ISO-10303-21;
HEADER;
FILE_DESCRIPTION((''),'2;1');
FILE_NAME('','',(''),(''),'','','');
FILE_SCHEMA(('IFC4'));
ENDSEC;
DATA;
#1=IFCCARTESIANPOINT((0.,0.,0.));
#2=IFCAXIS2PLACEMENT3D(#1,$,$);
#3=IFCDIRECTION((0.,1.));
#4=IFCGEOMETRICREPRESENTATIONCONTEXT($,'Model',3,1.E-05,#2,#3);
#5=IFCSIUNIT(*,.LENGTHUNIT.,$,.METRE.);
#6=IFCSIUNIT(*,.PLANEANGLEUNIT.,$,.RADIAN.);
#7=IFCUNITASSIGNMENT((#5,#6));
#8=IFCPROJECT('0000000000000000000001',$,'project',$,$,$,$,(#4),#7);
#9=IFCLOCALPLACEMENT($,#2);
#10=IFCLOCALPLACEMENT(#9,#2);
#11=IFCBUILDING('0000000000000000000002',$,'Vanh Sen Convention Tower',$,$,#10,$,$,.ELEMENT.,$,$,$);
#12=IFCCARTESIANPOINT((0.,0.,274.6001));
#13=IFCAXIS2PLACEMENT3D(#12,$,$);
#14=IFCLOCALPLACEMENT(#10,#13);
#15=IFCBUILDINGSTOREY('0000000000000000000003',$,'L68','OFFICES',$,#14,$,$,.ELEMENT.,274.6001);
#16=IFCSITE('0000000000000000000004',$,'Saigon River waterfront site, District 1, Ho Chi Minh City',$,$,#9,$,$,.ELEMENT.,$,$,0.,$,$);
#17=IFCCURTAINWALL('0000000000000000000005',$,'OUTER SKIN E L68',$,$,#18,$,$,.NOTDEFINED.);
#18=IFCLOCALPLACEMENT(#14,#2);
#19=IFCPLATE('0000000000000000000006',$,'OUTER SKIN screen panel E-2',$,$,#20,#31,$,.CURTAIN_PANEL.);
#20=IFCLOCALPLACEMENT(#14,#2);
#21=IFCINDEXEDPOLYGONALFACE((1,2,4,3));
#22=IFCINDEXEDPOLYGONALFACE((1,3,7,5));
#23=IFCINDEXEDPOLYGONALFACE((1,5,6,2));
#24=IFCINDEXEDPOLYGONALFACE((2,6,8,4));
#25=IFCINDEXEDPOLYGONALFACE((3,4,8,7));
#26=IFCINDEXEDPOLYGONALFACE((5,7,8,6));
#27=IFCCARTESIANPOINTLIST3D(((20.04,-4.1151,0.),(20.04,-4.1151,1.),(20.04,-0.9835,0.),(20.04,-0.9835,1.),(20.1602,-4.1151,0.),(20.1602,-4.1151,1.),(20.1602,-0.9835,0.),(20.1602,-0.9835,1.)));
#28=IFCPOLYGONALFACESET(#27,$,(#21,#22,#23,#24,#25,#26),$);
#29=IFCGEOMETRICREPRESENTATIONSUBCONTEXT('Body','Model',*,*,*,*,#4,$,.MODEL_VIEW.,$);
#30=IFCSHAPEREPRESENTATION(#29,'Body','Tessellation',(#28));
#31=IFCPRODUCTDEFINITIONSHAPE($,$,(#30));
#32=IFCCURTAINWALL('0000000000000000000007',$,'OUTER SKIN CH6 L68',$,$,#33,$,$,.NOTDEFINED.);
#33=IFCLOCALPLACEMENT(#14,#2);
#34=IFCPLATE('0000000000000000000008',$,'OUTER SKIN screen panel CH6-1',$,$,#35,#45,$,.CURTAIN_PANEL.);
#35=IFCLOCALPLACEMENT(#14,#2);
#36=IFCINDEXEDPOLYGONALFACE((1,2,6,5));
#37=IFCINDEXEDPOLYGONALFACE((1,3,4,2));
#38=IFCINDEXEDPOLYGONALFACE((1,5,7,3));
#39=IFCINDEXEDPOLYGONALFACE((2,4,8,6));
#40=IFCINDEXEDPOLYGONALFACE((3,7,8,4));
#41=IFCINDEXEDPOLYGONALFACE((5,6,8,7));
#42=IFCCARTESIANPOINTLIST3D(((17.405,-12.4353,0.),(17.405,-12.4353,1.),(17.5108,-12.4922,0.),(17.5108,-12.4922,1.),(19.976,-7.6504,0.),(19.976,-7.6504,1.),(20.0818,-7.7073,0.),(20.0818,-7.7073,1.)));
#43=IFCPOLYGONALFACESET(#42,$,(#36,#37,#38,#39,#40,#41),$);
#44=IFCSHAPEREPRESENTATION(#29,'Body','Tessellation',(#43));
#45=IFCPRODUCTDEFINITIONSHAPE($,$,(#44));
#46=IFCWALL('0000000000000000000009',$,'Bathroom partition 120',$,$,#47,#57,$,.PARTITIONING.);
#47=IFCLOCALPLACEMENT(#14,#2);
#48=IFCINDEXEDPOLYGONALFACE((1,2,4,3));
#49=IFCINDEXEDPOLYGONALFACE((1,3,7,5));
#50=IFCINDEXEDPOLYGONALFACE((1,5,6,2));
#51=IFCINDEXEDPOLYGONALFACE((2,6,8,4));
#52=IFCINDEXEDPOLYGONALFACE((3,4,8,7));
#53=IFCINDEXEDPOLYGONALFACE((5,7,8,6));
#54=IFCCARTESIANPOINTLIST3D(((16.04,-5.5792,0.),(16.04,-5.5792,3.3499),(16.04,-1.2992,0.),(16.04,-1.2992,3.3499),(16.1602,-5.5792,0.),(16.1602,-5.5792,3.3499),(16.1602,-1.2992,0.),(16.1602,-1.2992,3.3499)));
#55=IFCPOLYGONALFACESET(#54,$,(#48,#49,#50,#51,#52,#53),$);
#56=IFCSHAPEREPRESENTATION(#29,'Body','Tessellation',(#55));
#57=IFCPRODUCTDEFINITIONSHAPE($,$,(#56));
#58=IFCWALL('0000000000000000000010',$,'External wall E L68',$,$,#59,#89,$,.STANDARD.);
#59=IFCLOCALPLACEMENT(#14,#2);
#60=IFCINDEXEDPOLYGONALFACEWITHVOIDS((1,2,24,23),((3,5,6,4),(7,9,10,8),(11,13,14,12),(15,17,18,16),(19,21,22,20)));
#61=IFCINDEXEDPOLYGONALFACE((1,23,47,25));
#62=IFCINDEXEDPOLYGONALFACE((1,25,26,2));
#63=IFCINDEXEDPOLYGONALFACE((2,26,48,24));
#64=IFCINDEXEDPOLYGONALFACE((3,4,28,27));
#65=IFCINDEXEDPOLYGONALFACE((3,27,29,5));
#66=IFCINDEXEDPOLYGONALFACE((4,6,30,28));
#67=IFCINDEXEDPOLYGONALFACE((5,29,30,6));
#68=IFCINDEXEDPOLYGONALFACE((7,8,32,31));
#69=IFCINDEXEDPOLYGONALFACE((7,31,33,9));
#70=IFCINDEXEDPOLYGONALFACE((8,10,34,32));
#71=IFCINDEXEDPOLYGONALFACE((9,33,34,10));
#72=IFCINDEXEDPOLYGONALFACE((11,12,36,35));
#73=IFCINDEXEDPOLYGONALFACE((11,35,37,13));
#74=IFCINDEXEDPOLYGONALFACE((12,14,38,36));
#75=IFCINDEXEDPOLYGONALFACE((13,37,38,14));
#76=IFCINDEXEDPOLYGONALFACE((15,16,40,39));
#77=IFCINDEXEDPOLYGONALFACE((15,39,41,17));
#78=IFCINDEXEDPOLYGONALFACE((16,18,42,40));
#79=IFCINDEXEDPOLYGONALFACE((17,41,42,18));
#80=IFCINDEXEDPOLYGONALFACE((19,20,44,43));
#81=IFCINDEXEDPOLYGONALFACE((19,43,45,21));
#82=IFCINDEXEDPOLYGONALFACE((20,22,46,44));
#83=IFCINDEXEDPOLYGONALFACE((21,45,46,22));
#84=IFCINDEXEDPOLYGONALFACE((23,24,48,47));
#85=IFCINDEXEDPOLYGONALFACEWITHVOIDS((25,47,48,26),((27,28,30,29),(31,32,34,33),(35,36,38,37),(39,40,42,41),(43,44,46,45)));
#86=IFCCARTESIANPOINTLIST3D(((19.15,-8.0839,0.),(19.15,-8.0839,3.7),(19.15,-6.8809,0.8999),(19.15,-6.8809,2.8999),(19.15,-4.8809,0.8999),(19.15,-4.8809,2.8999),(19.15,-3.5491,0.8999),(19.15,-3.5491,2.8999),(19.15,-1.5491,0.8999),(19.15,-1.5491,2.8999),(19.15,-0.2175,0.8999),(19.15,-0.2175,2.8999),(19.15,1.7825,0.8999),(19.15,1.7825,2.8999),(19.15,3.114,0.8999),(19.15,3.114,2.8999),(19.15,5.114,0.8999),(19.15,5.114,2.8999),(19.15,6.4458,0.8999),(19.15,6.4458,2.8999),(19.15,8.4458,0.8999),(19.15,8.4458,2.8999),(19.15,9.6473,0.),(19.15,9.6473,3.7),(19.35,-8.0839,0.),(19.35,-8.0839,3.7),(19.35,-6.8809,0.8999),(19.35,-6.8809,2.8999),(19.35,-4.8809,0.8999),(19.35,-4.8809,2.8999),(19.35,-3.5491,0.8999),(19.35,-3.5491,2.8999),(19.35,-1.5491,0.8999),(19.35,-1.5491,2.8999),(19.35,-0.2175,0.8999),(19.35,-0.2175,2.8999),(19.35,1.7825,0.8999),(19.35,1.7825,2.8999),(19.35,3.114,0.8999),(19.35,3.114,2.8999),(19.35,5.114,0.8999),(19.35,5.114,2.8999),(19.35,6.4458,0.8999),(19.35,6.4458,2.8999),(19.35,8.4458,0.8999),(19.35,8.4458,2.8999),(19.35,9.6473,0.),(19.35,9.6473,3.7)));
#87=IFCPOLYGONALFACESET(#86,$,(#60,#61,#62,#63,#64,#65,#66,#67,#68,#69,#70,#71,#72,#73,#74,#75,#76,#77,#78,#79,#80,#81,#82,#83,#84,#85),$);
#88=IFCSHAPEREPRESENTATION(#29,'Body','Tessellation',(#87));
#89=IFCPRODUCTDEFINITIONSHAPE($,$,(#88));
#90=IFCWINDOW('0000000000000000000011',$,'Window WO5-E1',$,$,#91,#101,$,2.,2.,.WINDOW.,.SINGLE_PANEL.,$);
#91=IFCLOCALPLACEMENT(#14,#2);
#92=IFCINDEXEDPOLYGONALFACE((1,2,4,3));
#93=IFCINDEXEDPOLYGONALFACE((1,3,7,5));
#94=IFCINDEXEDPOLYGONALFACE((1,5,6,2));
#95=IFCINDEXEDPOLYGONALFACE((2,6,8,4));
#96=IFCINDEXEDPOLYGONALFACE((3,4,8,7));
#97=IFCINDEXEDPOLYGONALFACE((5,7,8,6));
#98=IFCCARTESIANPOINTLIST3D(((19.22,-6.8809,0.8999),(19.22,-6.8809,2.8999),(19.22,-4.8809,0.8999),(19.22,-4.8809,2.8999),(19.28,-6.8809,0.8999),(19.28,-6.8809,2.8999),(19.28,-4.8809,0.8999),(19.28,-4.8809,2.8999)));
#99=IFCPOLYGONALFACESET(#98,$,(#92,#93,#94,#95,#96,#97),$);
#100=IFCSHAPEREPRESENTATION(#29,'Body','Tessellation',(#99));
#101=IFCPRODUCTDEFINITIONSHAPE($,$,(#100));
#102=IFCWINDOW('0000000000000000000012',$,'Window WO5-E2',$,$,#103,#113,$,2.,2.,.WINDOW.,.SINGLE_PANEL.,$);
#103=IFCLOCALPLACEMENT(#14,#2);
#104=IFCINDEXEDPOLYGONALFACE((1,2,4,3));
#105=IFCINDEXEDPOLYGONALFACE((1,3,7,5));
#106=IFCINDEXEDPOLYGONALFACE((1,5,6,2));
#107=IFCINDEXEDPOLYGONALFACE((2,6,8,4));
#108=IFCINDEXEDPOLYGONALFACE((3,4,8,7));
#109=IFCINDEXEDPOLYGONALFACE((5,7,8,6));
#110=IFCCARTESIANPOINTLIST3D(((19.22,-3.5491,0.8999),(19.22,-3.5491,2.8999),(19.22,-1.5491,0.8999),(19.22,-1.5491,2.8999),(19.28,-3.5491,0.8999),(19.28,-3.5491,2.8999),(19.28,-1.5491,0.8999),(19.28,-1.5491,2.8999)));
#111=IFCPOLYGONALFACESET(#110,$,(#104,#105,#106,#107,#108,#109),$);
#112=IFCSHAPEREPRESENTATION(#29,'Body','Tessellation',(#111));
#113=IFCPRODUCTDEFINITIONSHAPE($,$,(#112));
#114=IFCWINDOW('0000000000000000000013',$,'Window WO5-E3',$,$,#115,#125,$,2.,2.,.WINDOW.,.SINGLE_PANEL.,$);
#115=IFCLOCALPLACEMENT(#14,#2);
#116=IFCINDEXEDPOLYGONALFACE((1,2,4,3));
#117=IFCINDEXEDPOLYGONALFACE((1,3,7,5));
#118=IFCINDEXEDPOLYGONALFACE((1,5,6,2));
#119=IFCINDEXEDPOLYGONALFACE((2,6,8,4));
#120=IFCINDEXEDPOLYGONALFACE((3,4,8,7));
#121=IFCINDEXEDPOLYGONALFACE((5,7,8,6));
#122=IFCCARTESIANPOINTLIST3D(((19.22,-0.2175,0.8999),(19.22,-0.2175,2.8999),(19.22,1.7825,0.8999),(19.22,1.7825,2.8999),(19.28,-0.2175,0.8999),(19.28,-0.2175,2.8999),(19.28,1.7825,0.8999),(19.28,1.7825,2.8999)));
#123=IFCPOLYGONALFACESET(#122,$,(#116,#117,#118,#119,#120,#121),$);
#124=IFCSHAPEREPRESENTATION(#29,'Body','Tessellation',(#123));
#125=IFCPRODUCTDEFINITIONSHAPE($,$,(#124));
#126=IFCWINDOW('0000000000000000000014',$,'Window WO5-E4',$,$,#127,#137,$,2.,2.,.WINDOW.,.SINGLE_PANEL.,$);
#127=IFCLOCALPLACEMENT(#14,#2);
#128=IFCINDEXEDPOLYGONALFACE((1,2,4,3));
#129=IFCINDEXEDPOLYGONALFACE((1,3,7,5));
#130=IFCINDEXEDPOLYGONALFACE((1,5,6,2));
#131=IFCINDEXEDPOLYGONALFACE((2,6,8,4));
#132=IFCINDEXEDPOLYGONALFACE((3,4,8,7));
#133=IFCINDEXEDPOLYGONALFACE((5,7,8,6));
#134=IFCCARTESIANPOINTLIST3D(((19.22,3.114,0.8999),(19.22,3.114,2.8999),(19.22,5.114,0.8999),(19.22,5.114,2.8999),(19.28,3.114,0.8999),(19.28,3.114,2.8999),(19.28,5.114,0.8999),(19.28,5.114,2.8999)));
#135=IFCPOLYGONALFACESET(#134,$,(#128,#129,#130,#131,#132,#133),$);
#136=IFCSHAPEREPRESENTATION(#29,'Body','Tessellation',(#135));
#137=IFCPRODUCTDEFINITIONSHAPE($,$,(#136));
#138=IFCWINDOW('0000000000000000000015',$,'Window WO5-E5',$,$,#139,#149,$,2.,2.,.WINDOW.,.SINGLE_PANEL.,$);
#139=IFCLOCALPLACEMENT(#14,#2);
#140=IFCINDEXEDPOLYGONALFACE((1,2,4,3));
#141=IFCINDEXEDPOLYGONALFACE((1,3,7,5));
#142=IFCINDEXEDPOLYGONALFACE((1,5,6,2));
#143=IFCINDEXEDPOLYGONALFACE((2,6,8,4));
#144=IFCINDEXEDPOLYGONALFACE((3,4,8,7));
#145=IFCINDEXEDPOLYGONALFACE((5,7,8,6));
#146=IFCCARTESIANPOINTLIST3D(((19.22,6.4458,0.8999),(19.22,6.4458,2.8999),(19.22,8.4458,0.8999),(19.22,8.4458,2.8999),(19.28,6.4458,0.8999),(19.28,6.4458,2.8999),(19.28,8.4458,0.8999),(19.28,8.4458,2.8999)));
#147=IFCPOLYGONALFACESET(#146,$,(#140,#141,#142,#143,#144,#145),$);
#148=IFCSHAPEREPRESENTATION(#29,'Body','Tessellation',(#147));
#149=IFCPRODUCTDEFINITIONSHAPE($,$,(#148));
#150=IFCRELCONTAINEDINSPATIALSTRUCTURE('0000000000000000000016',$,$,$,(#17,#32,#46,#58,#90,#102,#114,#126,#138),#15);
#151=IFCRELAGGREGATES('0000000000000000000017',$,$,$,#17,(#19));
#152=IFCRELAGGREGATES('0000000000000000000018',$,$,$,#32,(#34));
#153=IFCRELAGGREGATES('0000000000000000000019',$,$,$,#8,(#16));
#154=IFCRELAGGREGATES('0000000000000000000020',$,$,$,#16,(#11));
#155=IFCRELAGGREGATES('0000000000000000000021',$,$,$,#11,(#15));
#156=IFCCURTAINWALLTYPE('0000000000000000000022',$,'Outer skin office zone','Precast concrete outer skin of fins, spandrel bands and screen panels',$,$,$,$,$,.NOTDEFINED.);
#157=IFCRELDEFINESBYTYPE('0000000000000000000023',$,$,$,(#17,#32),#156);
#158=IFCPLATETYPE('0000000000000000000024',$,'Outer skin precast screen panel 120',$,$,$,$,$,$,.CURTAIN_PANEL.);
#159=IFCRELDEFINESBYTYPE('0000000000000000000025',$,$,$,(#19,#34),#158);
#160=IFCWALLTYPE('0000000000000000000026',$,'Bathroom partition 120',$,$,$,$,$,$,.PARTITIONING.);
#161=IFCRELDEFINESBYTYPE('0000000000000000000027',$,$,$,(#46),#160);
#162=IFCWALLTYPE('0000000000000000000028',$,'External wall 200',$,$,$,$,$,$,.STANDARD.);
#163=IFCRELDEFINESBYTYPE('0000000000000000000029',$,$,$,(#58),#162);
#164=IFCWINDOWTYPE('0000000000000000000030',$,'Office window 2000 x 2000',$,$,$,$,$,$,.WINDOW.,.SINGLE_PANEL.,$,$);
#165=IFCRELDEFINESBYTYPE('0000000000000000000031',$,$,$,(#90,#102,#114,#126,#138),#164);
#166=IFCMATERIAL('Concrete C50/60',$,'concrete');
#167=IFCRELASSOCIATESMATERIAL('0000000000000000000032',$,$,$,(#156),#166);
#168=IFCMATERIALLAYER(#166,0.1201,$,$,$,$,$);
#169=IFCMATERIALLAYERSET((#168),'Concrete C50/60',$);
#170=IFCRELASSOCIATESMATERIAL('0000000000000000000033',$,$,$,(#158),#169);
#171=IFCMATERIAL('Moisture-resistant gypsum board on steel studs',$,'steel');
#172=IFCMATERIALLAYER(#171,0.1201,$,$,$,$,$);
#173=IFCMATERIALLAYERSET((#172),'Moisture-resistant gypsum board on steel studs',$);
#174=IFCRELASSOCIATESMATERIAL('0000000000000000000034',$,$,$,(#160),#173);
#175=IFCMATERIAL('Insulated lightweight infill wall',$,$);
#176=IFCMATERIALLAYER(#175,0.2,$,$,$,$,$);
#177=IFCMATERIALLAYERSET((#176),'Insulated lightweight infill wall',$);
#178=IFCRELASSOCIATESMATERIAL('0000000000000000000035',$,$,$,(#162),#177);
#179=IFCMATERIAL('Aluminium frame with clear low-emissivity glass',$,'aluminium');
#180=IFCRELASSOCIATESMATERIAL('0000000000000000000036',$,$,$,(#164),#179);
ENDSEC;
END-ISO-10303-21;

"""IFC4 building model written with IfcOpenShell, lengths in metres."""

from ifc_helpers import new_model, si_unit, direction, frame, frame_2d, origin, origin_2d, place, context, subcontext, project, spatial, rectangle, extrude, material, layer, layer_set, type_object, element, fill, aggregate, save


model = new_model("IFC4")

# Units and contexts
model_context = context("Model", 3, precision=1e-05, world=origin(), true_north=direction((0.0, 1.0)))
body_context = subcontext(model_context, "Body", "Model", "MODEL_VIEW")
ifc_project = project(units=[si_unit("LENGTHUNIT", "METRE"), si_unit("PLANEANGLEUNIT", "RADIAN")], contexts=[model_context])

# Site, building, storey
site_placement = place(None, origin())
site = spatial("IfcSite", under=ifc_project, at=site_placement, Name="Saigon River waterfront site, District 1, Ho Chi Minh City", CompositionType="ELEMENT", RefElevation=0.0)
building_placement = place(site_placement, origin())
building = spatial("IfcBuilding", under=site, at=building_placement, Name="Vanh Sen Convention Tower", CompositionType="ELEMENT")
storey_placement = place(building_placement, frame((0.0, 0.0, 274.6001)))
storey = spatial("IfcBuildingStorey", under=building, at=storey_placement, Name="L68", Description="OFFICES", CompositionType="ELEMENT", Elevation=274.6001)

# Curtain wall
ifc_material_1 = material(Name="Concrete C50/60", Category="concrete")
curtain_wall_type = type_object("IfcCurtainWallType", Name="Outer skin office zone", Description="Precast concrete outer skin of fins, spandrel bands and screen panels", PredefinedType="NOTDEFINED", material=ifc_material_1)
curtain_wall_1_placement = place(storey_placement, origin())
curtain_wall_1 = element("IfcCurtainWall", 1, at=curtain_wall_1_placement, inside=storey, type_object=curtain_wall_type, Name="OUTER SKIN E L68", PredefinedType="NOTDEFINED")

# Plate
ifc_layer_1 = layer(ifc_material_1, 0.1201)
ifc_layer_set_1 = layer_set([ifc_layer_1], Name="Concrete C50/60")
plate_type = type_object("IfcPlateType", Name="Outer skin precast screen panel 120", PredefinedType="CURTAIN_PANEL", material=ifc_layer_set_1)
plate_1_placement = place(storey_placement, frame((20.1001, -2.5493, 0.0), z_axis=(0.0, 0.0, 1.0), x_axis=(0.0, 1.0, 0.0)))
plate_1 = element("IfcPlate", 2, at=plate_1_placement, type_object=plate_type, Name="OUTER SKIN screen panel E-2", PredefinedType="CURTAIN_PANEL", context=body_context, shape_type="SweptSolid", body=[
    extrude(rectangle(XDim=3.1316, YDim=0.1201, at=origin_2d()), origin(), (0.0, 0.0, 1.0), 1.0),
])
aggregate(curtain_wall_1, [plate_1])

# Curtain wall, plate
curtain_wall_2_placement = place(storey_placement, origin())
curtain_wall_2 = element("IfcCurtainWall", 3, at=curtain_wall_2_placement, inside=storey, type_object=curtain_wall_type, Name="OUTER SKIN CH6 L68", PredefinedType="NOTDEFINED")
plate_2_placement = place(storey_placement, frame((18.7434, -10.0713, 0.0), z_axis=(0.0, 0.0, 1.0), x_axis=(0.473324, 0.880888, 0.0)))
plate_2 = element("IfcPlate", 4, at=plate_2_placement, type_object=plate_type, Name="OUTER SKIN screen panel CH6-1", PredefinedType="CURTAIN_PANEL", context=body_context, shape_type="SweptSolid", body=[
    extrude(rectangle(XDim=5.4319, YDim=0.1201, at=origin_2d()), origin(), (0.0, 0.0, 1.0), 1.0),
])
aggregate(curtain_wall_2, [plate_2])

# Wall
ifc_material_2 = material(Name="Moisture-resistant gypsum board on steel studs", Category="steel")
ifc_layer_2 = layer(ifc_material_2, 0.1201)
ifc_layer_set_2 = layer_set([ifc_layer_2], Name="Moisture-resistant gypsum board on steel studs")
wall_type_1 = type_object("IfcWallType", Name="Bathroom partition 120", PredefinedType="PARTITIONING", material=ifc_layer_set_2)
wall_1_placement = place(storey_placement, frame((16.1001, -1.2991, 0.0), z_axis=(0.0, 0.0, 1.0), x_axis=(0.0, -1.0, 0.0)))
element("IfcWall", 5, at=wall_1_placement, inside=storey, type_object=wall_type_1, Name="Bathroom partition 120", PredefinedType="PARTITIONING", context=body_context, shape_type="SweptSolid", body=[
    extrude(rectangle(XDim=4.28, YDim=0.1201, at=frame_2d((2.1401, 0.0))), origin(), (0.0, 0.0, 1.0), 3.3499),
])

# Wall, openings, windows
ifc_material_3 = material(Name="Insulated lightweight infill wall")
ifc_layer_3 = layer(ifc_material_3, 0.2)
ifc_layer_set_3 = layer_set([ifc_layer_3], Name="Insulated lightweight infill wall")
wall_type_2 = type_object("IfcWallType", Name="External wall 200", PredefinedType="STANDARD", material=ifc_layer_set_3)
wall_2_placement = place(storey_placement, frame((19.25, -8.084, 0.0), z_axis=(0.0, 0.0, 1.0), x_axis=(0.0, 1.0, 0.0)))
wall_2 = element("IfcWall", 6, at=wall_2_placement, inside=storey, type_object=wall_type_2, Name="External wall E L68", PredefinedType="STANDARD", context=body_context, shape_type="SweptSolid", body=[
    extrude(rectangle(XDim=17.7312, YDim=0.2, at=frame_2d((8.8657, 0.0))), origin(), (0.0, 0.0, 1.0), 3.7),
])
opening_1_placement = place(wall_2_placement, frame((1.2031, 0.0, 0.8999)))
opening_1 = element("IfcOpeningElement", 7, at=opening_1_placement, cuts=wall_2, PredefinedType="OPENING", context=body_context, shape_type="SweptSolid", body=[
    extrude(rectangle(XDim=2.0, YDim=2.0, at=frame_2d((1.0, 1.0))), frame((0.0, 0.1099, 0.0), z_axis=(0.0, -1.0, 0.0), x_axis=(1.0, 0.0, 0.0)), (0.0, 0.0, 1.0), 0.22),
])
opening_2_placement = place(wall_2_placement, frame((4.5349, 0.0, 0.8999)))
opening_2 = element("IfcOpeningElement", 8, at=opening_2_placement, cuts=wall_2, PredefinedType="OPENING", context=body_context, shape_type="SweptSolid", body=[
    extrude(rectangle(XDim=2.0, YDim=2.0, at=frame_2d((1.0, 1.0))), frame((0.0, 0.1099, 0.0), z_axis=(0.0, -1.0, 0.0), x_axis=(1.0, 0.0, 0.0)), (0.0, 0.0, 1.0), 0.22),
])
opening_3_placement = place(wall_2_placement, frame((7.8665, 0.0, 0.8999)))
opening_3 = element("IfcOpeningElement", 9, at=opening_3_placement, cuts=wall_2, PredefinedType="OPENING", context=body_context, shape_type="SweptSolid", body=[
    extrude(rectangle(XDim=2.0, YDim=2.0, at=frame_2d((1.0, 1.0))), frame((0.0, 0.1099, 0.0), z_axis=(0.0, -1.0, 0.0), x_axis=(1.0, 0.0, 0.0)), (0.0, 0.0, 1.0), 0.22),
])
opening_4_placement = place(wall_2_placement, frame((11.198, 0.0, 0.8999)))
opening_4 = element("IfcOpeningElement", 10, at=opening_4_placement, cuts=wall_2, PredefinedType="OPENING", context=body_context, shape_type="SweptSolid", body=[
    extrude(rectangle(XDim=2.0, YDim=2.0, at=frame_2d((1.0, 1.0))), frame((0.0, 0.1099, 0.0), z_axis=(0.0, -1.0, 0.0), x_axis=(1.0, 0.0, 0.0)), (0.0, 0.0, 1.0), 0.22),
])
opening_5_placement = place(wall_2_placement, frame((14.5298, 0.0, 0.8999)))
opening_5 = element("IfcOpeningElement", 11, at=opening_5_placement, cuts=wall_2, PredefinedType="OPENING", context=body_context, shape_type="SweptSolid", body=[
    extrude(rectangle(XDim=2.0, YDim=2.0, at=frame_2d((1.0, 1.0))), frame((0.0, 0.1099, 0.0), z_axis=(0.0, -1.0, 0.0), x_axis=(1.0, 0.0, 0.0)), (0.0, 0.0, 1.0), 0.22),
])
ifc_material_4 = material(Name="Aluminium frame with clear low-emissivity glass", Category="aluminium")
window_type_1 = type_object("IfcWindowType", Name="Office window 2000 x 2000", PartitioningType="SINGLE_PANEL", PredefinedType="WINDOW", material=ifc_material_4)
window_1_placement = place(opening_1_placement, origin())
window_1 = element("IfcWindow", 12, at=window_1_placement, inside=storey, type_object=window_type_1, Name="Window WO5-E1", OverallHeight=2.0, OverallWidth=2.0, PartitioningType="SINGLE_PANEL", PredefinedType="WINDOW", context=body_context, shape_type="SweptSolid", body=[
    extrude(rectangle(XDim=2.0, YDim=2.0, at=frame_2d((1.0, 1.0))), frame((0.0, 0.03, 0.0), z_axis=(0.0, -1.0, 0.0), x_axis=(1.0, 0.0, 0.0)), (0.0, 0.0, 1.0), 0.0601),
])
fill(opening_1, window_1)
window_2_placement = place(opening_2_placement, origin())
window_2 = element("IfcWindow", 13, at=window_2_placement, inside=storey, type_object=window_type_1, Name="Window WO5-E2", OverallHeight=2.0, OverallWidth=2.0, PartitioningType="SINGLE_PANEL", PredefinedType="WINDOW", context=body_context, shape_type="SweptSolid", body=[
    extrude(rectangle(XDim=2.0, YDim=2.0, at=frame_2d((1.0, 1.0))), frame((0.0, 0.03, 0.0), z_axis=(0.0, -1.0, 0.0), x_axis=(1.0, 0.0, 0.0)), (0.0, 0.0, 1.0), 0.0601),
])
fill(opening_2, window_2)
window_3_placement = place(opening_3_placement, origin())
window_3 = element("IfcWindow", 14, at=window_3_placement, inside=storey, type_object=window_type_1, Name="Window WO5-E3", OverallHeight=2.0, OverallWidth=2.0, PartitioningType="SINGLE_PANEL", PredefinedType="WINDOW", context=body_context, shape_type="SweptSolid", body=[
    extrude(rectangle(XDim=2.0, YDim=2.0, at=frame_2d((1.0, 1.0))), frame((0.0, 0.03, 0.0), z_axis=(0.0, -1.0, 0.0), x_axis=(1.0, 0.0, 0.0)), (0.0, 0.0, 1.0), 0.0601),
])
fill(opening_3, window_3)
window_4_placement = place(opening_4_placement, origin())
window_4 = element("IfcWindow", 15, at=window_4_placement, inside=storey, type_object=window_type_1, Name="Window WO5-E4", OverallHeight=2.0, OverallWidth=2.0, PartitioningType="SINGLE_PANEL", PredefinedType="WINDOW", context=body_context, shape_type="SweptSolid", body=[
    extrude(rectangle(XDim=2.0, YDim=2.0, at=frame_2d((1.0, 1.0))), frame((0.0, 0.03, 0.0), z_axis=(0.0, -1.0, 0.0), x_axis=(1.0, 0.0, 0.0)), (0.0, 0.0, 1.0), 0.0601),
])
fill(opening_4, window_4)
window_5_placement = place(opening_5_placement, origin())
window_5 = element("IfcWindow", 16, at=window_5_placement, inside=storey, type_object=window_type_1, Name="Window WO5-E5", OverallHeight=2.0, OverallWidth=2.0, PartitioningType="SINGLE_PANEL", PredefinedType="WINDOW", context=body_context, shape_type="SweptSolid", body=[
    extrude(rectangle(XDim=2.0, YDim=2.0, at=frame_2d((1.0, 1.0))), frame((0.0, 0.03, 0.0), z_axis=(0.0, -1.0, 0.0), x_axis=(1.0, 0.0, 0.0)), (0.0, 0.0, 1.0), 0.0601),
])
fill(opening_5, window_5)

save(model, "model.ifc")
